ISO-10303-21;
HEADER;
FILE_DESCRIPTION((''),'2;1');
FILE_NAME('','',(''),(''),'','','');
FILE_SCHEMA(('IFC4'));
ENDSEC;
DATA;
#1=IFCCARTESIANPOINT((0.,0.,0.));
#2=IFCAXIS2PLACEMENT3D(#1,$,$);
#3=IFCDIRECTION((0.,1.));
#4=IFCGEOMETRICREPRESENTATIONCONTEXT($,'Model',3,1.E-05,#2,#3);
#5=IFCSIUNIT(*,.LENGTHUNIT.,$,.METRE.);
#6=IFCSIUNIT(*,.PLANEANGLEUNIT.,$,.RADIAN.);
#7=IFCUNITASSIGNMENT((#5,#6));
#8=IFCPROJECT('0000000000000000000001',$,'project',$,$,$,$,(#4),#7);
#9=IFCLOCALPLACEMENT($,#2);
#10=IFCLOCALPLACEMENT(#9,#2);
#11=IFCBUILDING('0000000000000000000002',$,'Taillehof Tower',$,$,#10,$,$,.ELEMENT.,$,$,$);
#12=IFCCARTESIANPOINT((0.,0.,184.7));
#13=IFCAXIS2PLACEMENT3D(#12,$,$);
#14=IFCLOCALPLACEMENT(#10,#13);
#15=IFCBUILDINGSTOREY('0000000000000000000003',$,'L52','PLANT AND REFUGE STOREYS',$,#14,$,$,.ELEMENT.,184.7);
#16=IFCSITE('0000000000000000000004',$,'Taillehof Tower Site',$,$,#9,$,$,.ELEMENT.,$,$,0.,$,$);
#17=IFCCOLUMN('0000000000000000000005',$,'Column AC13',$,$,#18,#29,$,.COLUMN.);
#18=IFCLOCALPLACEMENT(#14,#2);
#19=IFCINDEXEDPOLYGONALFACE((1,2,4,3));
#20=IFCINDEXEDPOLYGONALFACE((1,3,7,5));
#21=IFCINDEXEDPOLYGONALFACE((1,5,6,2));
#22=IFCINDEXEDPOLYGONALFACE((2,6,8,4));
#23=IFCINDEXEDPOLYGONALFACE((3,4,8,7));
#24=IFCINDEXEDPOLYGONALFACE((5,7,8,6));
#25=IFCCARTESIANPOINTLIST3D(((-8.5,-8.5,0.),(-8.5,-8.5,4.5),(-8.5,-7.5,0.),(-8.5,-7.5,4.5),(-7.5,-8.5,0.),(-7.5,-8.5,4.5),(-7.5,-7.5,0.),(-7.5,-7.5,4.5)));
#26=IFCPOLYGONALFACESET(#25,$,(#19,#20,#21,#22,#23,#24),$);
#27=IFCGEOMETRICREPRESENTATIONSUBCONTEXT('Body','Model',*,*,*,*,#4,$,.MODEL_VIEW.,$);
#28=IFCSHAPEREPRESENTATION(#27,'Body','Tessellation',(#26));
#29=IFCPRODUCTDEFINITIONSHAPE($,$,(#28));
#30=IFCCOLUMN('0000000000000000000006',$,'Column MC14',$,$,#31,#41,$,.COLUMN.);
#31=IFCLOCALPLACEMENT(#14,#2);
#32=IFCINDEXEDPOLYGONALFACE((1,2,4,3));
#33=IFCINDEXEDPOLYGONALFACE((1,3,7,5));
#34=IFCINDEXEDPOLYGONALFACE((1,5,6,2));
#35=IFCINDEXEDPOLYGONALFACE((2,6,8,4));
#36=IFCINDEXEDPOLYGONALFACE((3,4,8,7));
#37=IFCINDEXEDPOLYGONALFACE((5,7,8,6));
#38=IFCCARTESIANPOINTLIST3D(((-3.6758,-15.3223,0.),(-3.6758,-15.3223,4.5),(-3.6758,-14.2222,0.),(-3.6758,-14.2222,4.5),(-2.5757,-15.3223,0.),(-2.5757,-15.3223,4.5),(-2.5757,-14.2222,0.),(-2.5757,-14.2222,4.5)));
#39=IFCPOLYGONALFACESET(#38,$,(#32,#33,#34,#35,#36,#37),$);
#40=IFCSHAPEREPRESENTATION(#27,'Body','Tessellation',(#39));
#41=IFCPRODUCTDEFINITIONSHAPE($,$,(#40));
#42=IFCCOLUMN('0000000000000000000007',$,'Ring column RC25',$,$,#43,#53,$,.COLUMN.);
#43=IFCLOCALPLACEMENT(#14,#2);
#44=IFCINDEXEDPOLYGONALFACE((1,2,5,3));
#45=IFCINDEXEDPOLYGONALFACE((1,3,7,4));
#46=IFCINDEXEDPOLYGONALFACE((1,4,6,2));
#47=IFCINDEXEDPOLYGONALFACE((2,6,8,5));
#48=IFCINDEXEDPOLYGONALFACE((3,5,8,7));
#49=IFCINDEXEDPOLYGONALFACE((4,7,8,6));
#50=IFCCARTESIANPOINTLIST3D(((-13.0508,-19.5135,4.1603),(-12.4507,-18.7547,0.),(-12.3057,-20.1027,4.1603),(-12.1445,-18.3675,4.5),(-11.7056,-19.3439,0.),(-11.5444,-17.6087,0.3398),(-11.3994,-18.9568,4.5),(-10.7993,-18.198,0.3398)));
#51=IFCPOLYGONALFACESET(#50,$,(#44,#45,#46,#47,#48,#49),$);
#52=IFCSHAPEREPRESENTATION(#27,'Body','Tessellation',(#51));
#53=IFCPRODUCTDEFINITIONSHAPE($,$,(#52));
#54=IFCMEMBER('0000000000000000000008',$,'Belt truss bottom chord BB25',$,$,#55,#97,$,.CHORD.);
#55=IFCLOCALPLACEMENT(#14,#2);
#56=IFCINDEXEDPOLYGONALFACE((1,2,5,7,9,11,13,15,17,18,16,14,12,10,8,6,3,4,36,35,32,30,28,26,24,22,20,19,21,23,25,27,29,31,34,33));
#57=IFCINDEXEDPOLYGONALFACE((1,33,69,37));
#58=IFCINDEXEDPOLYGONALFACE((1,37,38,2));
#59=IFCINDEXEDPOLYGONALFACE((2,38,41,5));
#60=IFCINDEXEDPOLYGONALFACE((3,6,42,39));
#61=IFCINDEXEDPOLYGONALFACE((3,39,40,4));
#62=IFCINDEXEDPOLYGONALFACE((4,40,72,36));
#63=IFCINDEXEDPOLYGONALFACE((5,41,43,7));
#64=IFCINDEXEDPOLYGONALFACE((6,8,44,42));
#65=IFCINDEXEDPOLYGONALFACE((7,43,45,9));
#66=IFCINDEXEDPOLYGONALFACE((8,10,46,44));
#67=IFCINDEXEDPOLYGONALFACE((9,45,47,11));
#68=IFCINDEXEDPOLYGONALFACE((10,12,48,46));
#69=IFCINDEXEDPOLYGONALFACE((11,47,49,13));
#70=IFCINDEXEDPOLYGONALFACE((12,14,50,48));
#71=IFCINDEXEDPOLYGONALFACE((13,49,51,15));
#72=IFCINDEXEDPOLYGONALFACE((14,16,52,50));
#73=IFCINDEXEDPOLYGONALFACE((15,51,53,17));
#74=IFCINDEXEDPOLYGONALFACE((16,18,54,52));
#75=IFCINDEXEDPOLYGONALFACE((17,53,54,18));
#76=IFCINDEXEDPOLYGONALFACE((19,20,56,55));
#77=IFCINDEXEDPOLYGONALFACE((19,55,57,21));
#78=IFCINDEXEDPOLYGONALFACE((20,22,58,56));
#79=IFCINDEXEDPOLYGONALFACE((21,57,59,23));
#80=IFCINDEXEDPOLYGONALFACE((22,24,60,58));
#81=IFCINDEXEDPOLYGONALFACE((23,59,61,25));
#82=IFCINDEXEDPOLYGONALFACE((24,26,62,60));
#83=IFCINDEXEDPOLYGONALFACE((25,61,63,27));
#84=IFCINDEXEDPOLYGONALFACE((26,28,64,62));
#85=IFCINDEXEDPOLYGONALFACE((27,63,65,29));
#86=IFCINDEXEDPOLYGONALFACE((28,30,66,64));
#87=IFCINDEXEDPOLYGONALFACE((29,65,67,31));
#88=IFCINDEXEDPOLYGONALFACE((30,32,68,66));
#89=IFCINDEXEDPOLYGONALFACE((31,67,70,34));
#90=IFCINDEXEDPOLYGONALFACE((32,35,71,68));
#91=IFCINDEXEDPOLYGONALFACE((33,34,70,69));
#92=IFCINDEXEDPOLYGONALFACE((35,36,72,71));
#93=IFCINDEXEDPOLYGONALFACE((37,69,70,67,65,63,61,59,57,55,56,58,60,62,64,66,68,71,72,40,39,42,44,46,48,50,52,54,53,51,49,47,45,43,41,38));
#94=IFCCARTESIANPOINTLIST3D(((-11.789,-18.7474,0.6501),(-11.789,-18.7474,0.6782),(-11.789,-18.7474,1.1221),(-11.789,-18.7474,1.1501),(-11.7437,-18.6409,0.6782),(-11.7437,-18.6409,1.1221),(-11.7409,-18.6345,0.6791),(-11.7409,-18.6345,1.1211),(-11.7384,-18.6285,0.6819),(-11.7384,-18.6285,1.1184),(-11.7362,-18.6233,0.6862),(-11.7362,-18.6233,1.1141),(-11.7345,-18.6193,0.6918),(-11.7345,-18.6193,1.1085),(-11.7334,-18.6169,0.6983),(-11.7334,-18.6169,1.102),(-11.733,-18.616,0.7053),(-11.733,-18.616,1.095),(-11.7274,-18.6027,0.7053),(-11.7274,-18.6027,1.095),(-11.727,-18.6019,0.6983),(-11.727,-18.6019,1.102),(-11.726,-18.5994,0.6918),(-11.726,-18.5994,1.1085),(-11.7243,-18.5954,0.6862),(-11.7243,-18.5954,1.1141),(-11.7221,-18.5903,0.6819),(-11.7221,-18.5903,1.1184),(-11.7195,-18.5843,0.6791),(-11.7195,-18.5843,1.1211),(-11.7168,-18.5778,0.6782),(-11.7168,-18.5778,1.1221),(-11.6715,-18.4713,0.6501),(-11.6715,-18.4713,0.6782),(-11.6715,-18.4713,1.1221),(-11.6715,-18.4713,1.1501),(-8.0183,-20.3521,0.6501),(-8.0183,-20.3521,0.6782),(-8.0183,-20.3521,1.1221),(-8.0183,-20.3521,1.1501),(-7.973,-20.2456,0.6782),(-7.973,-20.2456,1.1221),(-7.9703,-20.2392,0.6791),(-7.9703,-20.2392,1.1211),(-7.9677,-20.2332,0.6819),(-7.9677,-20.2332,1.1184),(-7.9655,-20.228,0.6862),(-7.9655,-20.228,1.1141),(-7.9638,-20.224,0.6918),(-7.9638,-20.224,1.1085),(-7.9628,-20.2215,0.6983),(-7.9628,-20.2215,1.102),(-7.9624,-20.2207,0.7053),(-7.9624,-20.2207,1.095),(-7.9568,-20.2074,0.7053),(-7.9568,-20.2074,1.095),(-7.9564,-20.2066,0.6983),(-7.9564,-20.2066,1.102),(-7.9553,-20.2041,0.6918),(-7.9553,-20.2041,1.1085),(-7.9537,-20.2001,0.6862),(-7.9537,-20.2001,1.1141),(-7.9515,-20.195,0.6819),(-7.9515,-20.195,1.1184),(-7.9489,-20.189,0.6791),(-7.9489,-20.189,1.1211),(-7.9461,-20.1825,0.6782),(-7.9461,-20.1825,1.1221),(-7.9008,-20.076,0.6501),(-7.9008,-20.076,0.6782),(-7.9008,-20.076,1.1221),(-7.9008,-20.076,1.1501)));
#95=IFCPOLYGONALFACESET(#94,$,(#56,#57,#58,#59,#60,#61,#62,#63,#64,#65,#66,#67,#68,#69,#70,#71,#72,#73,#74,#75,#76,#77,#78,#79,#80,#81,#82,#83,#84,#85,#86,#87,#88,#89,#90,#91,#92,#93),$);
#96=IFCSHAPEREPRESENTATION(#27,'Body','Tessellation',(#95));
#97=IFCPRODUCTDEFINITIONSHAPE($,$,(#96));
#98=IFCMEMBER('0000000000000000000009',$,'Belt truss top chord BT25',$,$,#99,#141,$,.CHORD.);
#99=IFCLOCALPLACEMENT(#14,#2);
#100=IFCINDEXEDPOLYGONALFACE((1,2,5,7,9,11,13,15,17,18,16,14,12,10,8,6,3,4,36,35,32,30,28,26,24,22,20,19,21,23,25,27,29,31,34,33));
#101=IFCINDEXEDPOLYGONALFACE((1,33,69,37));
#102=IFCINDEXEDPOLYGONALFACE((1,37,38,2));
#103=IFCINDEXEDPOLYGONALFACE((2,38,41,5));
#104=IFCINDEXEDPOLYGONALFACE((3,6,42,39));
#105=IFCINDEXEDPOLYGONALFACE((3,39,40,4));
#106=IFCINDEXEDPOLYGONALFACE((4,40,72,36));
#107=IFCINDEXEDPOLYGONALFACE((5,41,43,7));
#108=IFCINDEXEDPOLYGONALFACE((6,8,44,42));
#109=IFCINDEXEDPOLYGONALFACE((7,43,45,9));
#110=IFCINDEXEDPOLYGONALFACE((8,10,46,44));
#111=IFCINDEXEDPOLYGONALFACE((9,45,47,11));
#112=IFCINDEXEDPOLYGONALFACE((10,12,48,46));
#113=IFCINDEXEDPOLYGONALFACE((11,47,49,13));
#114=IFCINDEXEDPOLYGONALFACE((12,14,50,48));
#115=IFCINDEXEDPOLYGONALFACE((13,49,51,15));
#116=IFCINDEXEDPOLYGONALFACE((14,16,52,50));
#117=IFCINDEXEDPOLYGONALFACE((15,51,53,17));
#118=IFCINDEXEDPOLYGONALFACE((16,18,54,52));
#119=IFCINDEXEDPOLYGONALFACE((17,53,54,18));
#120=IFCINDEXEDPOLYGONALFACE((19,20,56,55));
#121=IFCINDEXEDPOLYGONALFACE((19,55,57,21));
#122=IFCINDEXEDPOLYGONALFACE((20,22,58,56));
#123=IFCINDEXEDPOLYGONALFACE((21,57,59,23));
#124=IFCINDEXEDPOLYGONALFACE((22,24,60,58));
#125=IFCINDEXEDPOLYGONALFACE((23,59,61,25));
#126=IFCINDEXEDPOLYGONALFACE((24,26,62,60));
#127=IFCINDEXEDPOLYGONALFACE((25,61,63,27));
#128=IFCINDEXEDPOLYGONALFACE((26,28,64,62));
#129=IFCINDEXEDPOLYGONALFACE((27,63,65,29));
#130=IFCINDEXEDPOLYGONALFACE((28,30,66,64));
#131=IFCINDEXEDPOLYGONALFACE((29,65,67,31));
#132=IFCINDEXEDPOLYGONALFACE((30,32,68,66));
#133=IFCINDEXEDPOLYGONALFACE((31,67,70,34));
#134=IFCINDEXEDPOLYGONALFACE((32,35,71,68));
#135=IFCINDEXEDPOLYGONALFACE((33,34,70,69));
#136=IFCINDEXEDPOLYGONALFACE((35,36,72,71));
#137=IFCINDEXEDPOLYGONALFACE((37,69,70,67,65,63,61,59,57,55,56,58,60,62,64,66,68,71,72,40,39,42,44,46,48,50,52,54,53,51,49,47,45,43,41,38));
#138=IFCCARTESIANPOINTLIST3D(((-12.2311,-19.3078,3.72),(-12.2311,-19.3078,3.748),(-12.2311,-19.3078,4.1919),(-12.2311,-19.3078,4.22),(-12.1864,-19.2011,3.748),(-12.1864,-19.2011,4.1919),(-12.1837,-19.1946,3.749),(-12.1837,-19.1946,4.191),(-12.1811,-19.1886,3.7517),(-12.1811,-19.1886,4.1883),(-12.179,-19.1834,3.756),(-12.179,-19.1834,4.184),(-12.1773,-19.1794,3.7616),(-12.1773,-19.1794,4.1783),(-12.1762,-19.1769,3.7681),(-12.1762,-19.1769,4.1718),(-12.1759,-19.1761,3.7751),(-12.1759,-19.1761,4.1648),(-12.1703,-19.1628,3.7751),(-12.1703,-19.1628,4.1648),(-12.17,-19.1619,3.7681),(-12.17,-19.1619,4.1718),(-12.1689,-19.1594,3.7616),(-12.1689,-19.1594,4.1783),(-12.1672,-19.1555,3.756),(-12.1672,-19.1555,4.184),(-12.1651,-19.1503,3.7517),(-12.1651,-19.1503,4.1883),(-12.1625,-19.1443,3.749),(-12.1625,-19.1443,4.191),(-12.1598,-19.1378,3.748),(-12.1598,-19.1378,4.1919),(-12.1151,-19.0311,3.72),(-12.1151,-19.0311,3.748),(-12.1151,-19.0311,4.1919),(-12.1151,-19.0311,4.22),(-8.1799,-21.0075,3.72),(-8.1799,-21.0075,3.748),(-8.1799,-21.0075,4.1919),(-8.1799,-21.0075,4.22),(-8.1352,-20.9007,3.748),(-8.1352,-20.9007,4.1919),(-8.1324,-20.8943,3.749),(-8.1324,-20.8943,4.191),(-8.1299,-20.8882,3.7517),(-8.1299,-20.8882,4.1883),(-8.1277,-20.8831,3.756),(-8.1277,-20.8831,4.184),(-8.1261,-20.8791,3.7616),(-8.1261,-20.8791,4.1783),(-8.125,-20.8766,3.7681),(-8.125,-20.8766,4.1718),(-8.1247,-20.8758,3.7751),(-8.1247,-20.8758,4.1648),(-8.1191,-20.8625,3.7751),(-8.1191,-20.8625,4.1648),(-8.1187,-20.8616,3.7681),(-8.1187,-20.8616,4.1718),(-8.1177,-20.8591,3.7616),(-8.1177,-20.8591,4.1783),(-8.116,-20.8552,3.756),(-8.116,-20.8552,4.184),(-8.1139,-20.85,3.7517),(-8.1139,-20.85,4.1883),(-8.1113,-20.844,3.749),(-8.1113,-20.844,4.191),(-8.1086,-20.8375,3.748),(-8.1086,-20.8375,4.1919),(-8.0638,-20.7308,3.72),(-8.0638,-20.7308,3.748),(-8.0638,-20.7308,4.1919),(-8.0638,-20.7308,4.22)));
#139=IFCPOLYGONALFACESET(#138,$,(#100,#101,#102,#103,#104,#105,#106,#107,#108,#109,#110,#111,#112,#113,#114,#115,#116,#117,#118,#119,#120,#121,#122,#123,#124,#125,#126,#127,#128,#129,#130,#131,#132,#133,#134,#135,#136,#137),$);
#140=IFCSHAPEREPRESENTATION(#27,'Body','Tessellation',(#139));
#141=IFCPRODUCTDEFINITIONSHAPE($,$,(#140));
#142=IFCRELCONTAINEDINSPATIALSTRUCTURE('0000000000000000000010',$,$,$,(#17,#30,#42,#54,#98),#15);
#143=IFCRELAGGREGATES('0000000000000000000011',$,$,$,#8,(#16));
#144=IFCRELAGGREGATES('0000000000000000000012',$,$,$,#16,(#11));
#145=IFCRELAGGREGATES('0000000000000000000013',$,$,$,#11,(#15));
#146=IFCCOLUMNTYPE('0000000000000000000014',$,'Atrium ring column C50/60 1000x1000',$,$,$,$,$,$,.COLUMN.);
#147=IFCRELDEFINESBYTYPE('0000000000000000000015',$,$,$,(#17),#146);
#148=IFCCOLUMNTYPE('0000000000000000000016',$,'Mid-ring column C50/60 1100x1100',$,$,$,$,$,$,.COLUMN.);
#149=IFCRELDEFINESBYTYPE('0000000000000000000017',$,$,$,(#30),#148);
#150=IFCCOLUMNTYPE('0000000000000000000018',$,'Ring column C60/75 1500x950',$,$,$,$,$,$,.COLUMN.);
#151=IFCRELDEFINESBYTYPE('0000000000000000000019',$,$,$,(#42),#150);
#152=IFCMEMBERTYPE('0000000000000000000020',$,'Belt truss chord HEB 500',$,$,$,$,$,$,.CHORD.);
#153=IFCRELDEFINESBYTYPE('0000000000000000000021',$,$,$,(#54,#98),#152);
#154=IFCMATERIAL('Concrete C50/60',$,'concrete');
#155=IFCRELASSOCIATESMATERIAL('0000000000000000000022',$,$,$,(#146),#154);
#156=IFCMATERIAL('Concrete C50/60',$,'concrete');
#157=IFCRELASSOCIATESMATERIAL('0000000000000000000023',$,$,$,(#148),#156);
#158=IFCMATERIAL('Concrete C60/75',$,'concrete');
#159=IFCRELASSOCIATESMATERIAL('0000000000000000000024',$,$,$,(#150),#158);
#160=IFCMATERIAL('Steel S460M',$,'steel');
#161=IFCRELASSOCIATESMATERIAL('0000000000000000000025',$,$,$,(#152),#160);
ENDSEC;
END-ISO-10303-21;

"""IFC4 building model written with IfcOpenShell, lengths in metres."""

from ifc_helpers import new_model, si_unit, direction, frame, origin, origin_2d, place, context, subcontext, project, spatial, rectangle, i_section, extrude, material, material_profile, profile_set, type_object, element, save


model = new_model("IFC4")

# Units and contexts
model_context = context("Model", 3, precision=1e-05, world=origin(), true_north=direction((0.0, 1.0)))
body_context = subcontext(model_context, "Body", "Model", "MODEL_VIEW")
ifc_project = project(units=[si_unit("LENGTHUNIT", "METRE"), si_unit("PLANEANGLEUNIT", "RADIAN")], contexts=[model_context])

# Site, building, storey
site_placement = place(None, origin())
site = spatial("IfcSite", under=ifc_project, at=site_placement, Name="Taillehof Tower Site", CompositionType="ELEMENT", RefElevation=0.0)
building_placement = place(site_placement, origin())
building = spatial("IfcBuilding", under=site, at=building_placement, Name="Taillehof Tower", CompositionType="ELEMENT")
storey_placement = place(building_placement, frame((0.0, 0.0, 184.7)))
storey = spatial("IfcBuildingStorey", under=building, at=storey_placement, Name="L52", Description="PLANT AND REFUGE STOREYS", CompositionType="ELEMENT", Elevation=184.7)

# Columns
ifc_material_1 = material(Name="Concrete C50/60", Category="concrete")
ifc_material_profile_1 = material_profile(ifc_material_1, rectangle(XDim=1.0, YDim=1.0, at=origin_2d()), Name="RC 1000x1000")
ifc_profile_set_1 = profile_set([ifc_material_profile_1], Name="Concrete C50/60")
column_type_1 = type_object("IfcColumnType", Name="Atrium ring column C50/60 1000x1000", PredefinedType="COLUMN", material=ifc_profile_set_1)
column_1_placement = place(storey_placement, frame((-8.0, -8.0, 0.0), z_axis=(0.0, 0.0, 1.0), x_axis=(1.0, 0.0, 0.0)))
element("IfcColumn", 1, at=column_1_placement, inside=storey, type_object=column_type_1, Name="Column AC13", PredefinedType="COLUMN", context=body_context, shape_type="SweptSolid", body=[
    extrude(rectangle(XDim=1.0, YDim=1.0, at=origin_2d()), origin(), (0.0, 0.0, 1.0), 4.5),
])
ifc_material_2 = material(Name="Concrete C50/60", Category="concrete")
ifc_material_profile_2 = material_profile(ifc_material_2, rectangle(XDim=1.1001, YDim=1.1001, at=origin_2d()), Name="RC 1100x1100")
ifc_profile_set_2 = profile_set([ifc_material_profile_2], Name="Concrete C50/60")
column_type_2 = type_object("IfcColumnType", Name="Mid-ring column C50/60 1100x1100", PredefinedType="COLUMN", material=ifc_profile_set_2)
column_2_placement = place(storey_placement, frame((-3.1257, -14.7722, 0.0), z_axis=(0.0, 0.0, 1.0), x_axis=(1.0, 0.0, 0.0)))
element("IfcColumn", 2, at=column_2_placement, inside=storey, type_object=column_type_2, Name="Column MC14", PredefinedType="COLUMN", context=body_context, shape_type="SweptSolid", body=[
    extrude(rectangle(XDim=1.1001, YDim=1.1001, at=origin_2d()), origin(), (0.0, 0.0, 1.0), 4.5),
])
ifc_material_3 = material(Name="Concrete C60/75", Category="concrete")
ifc_material_profile_3 = material_profile(ifc_material_3, rectangle(XDim=1.5, YDim=0.95, at=origin_2d()), Name="RC 1500x950")
ifc_profile_set_3 = profile_set([ifc_material_profile_3], Name="Concrete C60/75")
column_type_3 = type_object("IfcColumnType", Name="Ring column C60/75 1500x950", PredefinedType="COLUMN", material=ifc_profile_set_3)
column_3_placement = place(storey_placement, frame((-11.625, -18.4763, 0.1699), z_axis=(-0.1405, -0.177654, 0.974012), x_axis=(0.604194, 0.763969, 0.226498)))
element("IfcColumn", 3, at=column_3_placement, inside=storey, type_object=column_type_3, Name="Ring column RC25", PredefinedType="COLUMN", context=body_context, shape_type="SweptSolid", body=[
    extrude(rectangle(XDim=1.5, YDim=0.95, at=origin_2d()), origin(), (0.0, 0.0, 1.0), 4.2712),
])

# Members
ifc_material_4 = material(Name="Steel S460M", Category="steel")
ifc_material_profile_4 = material_profile(ifc_material_4, i_section(OverallWidth=0.3, OverallDepth=0.5, WebThickness=0.0144, FlangeThickness=0.0281, FilletRadius=0.0271, at=origin_2d()), Name="HEB 500")
ifc_profile_set_4 = profile_set([ifc_material_profile_4], Name="Steel S460M")
member_type_1 = type_object("IfcMemberType", Name="Belt truss chord HEB 500", PredefinedType="CHORD", material=ifc_profile_set_4)
member_1_placement = place(storey_placement, frame((-11.7302, -18.6094, 0.9001), z_axis=(0.92014, -0.391588, 0.0), x_axis=(0.391588, 0.92014, 0.0)))
element("IfcMember", 4, at=member_1_placement, inside=storey, type_object=member_type_1, Name="Belt truss bottom chord BB25", PredefinedType="CHORD", context=body_context, shape_type="SweptSolid", body=[
    extrude(i_section(OverallWidth=0.3, OverallDepth=0.5, WebThickness=0.0144, FlangeThickness=0.0281, FilletRadius=0.0271, at=origin_2d()), origin(), (0.0, 0.0, 1.0), 4.0979),
])
member_2_placement = place(storey_placement, frame((-12.1731, -19.1694, 3.97), z_axis=(0.92213, -0.386879, 0.0), x_axis=(0.386879, 0.92213, 0.0)))
element("IfcMember", 5, at=member_2_placement, inside=storey, type_object=member_type_1, Name="Belt truss top chord BT25", PredefinedType="CHORD", context=body_context, shape_type="SweptSolid", body=[
    extrude(i_section(OverallWidth=0.3, OverallDepth=0.5, WebThickness=0.0144, FlangeThickness=0.0281, FilletRadius=0.0271, at=origin_2d()), origin(), (0.0, 0.0, 1.0), 4.3933),
])

save(model, "model.ifc")
